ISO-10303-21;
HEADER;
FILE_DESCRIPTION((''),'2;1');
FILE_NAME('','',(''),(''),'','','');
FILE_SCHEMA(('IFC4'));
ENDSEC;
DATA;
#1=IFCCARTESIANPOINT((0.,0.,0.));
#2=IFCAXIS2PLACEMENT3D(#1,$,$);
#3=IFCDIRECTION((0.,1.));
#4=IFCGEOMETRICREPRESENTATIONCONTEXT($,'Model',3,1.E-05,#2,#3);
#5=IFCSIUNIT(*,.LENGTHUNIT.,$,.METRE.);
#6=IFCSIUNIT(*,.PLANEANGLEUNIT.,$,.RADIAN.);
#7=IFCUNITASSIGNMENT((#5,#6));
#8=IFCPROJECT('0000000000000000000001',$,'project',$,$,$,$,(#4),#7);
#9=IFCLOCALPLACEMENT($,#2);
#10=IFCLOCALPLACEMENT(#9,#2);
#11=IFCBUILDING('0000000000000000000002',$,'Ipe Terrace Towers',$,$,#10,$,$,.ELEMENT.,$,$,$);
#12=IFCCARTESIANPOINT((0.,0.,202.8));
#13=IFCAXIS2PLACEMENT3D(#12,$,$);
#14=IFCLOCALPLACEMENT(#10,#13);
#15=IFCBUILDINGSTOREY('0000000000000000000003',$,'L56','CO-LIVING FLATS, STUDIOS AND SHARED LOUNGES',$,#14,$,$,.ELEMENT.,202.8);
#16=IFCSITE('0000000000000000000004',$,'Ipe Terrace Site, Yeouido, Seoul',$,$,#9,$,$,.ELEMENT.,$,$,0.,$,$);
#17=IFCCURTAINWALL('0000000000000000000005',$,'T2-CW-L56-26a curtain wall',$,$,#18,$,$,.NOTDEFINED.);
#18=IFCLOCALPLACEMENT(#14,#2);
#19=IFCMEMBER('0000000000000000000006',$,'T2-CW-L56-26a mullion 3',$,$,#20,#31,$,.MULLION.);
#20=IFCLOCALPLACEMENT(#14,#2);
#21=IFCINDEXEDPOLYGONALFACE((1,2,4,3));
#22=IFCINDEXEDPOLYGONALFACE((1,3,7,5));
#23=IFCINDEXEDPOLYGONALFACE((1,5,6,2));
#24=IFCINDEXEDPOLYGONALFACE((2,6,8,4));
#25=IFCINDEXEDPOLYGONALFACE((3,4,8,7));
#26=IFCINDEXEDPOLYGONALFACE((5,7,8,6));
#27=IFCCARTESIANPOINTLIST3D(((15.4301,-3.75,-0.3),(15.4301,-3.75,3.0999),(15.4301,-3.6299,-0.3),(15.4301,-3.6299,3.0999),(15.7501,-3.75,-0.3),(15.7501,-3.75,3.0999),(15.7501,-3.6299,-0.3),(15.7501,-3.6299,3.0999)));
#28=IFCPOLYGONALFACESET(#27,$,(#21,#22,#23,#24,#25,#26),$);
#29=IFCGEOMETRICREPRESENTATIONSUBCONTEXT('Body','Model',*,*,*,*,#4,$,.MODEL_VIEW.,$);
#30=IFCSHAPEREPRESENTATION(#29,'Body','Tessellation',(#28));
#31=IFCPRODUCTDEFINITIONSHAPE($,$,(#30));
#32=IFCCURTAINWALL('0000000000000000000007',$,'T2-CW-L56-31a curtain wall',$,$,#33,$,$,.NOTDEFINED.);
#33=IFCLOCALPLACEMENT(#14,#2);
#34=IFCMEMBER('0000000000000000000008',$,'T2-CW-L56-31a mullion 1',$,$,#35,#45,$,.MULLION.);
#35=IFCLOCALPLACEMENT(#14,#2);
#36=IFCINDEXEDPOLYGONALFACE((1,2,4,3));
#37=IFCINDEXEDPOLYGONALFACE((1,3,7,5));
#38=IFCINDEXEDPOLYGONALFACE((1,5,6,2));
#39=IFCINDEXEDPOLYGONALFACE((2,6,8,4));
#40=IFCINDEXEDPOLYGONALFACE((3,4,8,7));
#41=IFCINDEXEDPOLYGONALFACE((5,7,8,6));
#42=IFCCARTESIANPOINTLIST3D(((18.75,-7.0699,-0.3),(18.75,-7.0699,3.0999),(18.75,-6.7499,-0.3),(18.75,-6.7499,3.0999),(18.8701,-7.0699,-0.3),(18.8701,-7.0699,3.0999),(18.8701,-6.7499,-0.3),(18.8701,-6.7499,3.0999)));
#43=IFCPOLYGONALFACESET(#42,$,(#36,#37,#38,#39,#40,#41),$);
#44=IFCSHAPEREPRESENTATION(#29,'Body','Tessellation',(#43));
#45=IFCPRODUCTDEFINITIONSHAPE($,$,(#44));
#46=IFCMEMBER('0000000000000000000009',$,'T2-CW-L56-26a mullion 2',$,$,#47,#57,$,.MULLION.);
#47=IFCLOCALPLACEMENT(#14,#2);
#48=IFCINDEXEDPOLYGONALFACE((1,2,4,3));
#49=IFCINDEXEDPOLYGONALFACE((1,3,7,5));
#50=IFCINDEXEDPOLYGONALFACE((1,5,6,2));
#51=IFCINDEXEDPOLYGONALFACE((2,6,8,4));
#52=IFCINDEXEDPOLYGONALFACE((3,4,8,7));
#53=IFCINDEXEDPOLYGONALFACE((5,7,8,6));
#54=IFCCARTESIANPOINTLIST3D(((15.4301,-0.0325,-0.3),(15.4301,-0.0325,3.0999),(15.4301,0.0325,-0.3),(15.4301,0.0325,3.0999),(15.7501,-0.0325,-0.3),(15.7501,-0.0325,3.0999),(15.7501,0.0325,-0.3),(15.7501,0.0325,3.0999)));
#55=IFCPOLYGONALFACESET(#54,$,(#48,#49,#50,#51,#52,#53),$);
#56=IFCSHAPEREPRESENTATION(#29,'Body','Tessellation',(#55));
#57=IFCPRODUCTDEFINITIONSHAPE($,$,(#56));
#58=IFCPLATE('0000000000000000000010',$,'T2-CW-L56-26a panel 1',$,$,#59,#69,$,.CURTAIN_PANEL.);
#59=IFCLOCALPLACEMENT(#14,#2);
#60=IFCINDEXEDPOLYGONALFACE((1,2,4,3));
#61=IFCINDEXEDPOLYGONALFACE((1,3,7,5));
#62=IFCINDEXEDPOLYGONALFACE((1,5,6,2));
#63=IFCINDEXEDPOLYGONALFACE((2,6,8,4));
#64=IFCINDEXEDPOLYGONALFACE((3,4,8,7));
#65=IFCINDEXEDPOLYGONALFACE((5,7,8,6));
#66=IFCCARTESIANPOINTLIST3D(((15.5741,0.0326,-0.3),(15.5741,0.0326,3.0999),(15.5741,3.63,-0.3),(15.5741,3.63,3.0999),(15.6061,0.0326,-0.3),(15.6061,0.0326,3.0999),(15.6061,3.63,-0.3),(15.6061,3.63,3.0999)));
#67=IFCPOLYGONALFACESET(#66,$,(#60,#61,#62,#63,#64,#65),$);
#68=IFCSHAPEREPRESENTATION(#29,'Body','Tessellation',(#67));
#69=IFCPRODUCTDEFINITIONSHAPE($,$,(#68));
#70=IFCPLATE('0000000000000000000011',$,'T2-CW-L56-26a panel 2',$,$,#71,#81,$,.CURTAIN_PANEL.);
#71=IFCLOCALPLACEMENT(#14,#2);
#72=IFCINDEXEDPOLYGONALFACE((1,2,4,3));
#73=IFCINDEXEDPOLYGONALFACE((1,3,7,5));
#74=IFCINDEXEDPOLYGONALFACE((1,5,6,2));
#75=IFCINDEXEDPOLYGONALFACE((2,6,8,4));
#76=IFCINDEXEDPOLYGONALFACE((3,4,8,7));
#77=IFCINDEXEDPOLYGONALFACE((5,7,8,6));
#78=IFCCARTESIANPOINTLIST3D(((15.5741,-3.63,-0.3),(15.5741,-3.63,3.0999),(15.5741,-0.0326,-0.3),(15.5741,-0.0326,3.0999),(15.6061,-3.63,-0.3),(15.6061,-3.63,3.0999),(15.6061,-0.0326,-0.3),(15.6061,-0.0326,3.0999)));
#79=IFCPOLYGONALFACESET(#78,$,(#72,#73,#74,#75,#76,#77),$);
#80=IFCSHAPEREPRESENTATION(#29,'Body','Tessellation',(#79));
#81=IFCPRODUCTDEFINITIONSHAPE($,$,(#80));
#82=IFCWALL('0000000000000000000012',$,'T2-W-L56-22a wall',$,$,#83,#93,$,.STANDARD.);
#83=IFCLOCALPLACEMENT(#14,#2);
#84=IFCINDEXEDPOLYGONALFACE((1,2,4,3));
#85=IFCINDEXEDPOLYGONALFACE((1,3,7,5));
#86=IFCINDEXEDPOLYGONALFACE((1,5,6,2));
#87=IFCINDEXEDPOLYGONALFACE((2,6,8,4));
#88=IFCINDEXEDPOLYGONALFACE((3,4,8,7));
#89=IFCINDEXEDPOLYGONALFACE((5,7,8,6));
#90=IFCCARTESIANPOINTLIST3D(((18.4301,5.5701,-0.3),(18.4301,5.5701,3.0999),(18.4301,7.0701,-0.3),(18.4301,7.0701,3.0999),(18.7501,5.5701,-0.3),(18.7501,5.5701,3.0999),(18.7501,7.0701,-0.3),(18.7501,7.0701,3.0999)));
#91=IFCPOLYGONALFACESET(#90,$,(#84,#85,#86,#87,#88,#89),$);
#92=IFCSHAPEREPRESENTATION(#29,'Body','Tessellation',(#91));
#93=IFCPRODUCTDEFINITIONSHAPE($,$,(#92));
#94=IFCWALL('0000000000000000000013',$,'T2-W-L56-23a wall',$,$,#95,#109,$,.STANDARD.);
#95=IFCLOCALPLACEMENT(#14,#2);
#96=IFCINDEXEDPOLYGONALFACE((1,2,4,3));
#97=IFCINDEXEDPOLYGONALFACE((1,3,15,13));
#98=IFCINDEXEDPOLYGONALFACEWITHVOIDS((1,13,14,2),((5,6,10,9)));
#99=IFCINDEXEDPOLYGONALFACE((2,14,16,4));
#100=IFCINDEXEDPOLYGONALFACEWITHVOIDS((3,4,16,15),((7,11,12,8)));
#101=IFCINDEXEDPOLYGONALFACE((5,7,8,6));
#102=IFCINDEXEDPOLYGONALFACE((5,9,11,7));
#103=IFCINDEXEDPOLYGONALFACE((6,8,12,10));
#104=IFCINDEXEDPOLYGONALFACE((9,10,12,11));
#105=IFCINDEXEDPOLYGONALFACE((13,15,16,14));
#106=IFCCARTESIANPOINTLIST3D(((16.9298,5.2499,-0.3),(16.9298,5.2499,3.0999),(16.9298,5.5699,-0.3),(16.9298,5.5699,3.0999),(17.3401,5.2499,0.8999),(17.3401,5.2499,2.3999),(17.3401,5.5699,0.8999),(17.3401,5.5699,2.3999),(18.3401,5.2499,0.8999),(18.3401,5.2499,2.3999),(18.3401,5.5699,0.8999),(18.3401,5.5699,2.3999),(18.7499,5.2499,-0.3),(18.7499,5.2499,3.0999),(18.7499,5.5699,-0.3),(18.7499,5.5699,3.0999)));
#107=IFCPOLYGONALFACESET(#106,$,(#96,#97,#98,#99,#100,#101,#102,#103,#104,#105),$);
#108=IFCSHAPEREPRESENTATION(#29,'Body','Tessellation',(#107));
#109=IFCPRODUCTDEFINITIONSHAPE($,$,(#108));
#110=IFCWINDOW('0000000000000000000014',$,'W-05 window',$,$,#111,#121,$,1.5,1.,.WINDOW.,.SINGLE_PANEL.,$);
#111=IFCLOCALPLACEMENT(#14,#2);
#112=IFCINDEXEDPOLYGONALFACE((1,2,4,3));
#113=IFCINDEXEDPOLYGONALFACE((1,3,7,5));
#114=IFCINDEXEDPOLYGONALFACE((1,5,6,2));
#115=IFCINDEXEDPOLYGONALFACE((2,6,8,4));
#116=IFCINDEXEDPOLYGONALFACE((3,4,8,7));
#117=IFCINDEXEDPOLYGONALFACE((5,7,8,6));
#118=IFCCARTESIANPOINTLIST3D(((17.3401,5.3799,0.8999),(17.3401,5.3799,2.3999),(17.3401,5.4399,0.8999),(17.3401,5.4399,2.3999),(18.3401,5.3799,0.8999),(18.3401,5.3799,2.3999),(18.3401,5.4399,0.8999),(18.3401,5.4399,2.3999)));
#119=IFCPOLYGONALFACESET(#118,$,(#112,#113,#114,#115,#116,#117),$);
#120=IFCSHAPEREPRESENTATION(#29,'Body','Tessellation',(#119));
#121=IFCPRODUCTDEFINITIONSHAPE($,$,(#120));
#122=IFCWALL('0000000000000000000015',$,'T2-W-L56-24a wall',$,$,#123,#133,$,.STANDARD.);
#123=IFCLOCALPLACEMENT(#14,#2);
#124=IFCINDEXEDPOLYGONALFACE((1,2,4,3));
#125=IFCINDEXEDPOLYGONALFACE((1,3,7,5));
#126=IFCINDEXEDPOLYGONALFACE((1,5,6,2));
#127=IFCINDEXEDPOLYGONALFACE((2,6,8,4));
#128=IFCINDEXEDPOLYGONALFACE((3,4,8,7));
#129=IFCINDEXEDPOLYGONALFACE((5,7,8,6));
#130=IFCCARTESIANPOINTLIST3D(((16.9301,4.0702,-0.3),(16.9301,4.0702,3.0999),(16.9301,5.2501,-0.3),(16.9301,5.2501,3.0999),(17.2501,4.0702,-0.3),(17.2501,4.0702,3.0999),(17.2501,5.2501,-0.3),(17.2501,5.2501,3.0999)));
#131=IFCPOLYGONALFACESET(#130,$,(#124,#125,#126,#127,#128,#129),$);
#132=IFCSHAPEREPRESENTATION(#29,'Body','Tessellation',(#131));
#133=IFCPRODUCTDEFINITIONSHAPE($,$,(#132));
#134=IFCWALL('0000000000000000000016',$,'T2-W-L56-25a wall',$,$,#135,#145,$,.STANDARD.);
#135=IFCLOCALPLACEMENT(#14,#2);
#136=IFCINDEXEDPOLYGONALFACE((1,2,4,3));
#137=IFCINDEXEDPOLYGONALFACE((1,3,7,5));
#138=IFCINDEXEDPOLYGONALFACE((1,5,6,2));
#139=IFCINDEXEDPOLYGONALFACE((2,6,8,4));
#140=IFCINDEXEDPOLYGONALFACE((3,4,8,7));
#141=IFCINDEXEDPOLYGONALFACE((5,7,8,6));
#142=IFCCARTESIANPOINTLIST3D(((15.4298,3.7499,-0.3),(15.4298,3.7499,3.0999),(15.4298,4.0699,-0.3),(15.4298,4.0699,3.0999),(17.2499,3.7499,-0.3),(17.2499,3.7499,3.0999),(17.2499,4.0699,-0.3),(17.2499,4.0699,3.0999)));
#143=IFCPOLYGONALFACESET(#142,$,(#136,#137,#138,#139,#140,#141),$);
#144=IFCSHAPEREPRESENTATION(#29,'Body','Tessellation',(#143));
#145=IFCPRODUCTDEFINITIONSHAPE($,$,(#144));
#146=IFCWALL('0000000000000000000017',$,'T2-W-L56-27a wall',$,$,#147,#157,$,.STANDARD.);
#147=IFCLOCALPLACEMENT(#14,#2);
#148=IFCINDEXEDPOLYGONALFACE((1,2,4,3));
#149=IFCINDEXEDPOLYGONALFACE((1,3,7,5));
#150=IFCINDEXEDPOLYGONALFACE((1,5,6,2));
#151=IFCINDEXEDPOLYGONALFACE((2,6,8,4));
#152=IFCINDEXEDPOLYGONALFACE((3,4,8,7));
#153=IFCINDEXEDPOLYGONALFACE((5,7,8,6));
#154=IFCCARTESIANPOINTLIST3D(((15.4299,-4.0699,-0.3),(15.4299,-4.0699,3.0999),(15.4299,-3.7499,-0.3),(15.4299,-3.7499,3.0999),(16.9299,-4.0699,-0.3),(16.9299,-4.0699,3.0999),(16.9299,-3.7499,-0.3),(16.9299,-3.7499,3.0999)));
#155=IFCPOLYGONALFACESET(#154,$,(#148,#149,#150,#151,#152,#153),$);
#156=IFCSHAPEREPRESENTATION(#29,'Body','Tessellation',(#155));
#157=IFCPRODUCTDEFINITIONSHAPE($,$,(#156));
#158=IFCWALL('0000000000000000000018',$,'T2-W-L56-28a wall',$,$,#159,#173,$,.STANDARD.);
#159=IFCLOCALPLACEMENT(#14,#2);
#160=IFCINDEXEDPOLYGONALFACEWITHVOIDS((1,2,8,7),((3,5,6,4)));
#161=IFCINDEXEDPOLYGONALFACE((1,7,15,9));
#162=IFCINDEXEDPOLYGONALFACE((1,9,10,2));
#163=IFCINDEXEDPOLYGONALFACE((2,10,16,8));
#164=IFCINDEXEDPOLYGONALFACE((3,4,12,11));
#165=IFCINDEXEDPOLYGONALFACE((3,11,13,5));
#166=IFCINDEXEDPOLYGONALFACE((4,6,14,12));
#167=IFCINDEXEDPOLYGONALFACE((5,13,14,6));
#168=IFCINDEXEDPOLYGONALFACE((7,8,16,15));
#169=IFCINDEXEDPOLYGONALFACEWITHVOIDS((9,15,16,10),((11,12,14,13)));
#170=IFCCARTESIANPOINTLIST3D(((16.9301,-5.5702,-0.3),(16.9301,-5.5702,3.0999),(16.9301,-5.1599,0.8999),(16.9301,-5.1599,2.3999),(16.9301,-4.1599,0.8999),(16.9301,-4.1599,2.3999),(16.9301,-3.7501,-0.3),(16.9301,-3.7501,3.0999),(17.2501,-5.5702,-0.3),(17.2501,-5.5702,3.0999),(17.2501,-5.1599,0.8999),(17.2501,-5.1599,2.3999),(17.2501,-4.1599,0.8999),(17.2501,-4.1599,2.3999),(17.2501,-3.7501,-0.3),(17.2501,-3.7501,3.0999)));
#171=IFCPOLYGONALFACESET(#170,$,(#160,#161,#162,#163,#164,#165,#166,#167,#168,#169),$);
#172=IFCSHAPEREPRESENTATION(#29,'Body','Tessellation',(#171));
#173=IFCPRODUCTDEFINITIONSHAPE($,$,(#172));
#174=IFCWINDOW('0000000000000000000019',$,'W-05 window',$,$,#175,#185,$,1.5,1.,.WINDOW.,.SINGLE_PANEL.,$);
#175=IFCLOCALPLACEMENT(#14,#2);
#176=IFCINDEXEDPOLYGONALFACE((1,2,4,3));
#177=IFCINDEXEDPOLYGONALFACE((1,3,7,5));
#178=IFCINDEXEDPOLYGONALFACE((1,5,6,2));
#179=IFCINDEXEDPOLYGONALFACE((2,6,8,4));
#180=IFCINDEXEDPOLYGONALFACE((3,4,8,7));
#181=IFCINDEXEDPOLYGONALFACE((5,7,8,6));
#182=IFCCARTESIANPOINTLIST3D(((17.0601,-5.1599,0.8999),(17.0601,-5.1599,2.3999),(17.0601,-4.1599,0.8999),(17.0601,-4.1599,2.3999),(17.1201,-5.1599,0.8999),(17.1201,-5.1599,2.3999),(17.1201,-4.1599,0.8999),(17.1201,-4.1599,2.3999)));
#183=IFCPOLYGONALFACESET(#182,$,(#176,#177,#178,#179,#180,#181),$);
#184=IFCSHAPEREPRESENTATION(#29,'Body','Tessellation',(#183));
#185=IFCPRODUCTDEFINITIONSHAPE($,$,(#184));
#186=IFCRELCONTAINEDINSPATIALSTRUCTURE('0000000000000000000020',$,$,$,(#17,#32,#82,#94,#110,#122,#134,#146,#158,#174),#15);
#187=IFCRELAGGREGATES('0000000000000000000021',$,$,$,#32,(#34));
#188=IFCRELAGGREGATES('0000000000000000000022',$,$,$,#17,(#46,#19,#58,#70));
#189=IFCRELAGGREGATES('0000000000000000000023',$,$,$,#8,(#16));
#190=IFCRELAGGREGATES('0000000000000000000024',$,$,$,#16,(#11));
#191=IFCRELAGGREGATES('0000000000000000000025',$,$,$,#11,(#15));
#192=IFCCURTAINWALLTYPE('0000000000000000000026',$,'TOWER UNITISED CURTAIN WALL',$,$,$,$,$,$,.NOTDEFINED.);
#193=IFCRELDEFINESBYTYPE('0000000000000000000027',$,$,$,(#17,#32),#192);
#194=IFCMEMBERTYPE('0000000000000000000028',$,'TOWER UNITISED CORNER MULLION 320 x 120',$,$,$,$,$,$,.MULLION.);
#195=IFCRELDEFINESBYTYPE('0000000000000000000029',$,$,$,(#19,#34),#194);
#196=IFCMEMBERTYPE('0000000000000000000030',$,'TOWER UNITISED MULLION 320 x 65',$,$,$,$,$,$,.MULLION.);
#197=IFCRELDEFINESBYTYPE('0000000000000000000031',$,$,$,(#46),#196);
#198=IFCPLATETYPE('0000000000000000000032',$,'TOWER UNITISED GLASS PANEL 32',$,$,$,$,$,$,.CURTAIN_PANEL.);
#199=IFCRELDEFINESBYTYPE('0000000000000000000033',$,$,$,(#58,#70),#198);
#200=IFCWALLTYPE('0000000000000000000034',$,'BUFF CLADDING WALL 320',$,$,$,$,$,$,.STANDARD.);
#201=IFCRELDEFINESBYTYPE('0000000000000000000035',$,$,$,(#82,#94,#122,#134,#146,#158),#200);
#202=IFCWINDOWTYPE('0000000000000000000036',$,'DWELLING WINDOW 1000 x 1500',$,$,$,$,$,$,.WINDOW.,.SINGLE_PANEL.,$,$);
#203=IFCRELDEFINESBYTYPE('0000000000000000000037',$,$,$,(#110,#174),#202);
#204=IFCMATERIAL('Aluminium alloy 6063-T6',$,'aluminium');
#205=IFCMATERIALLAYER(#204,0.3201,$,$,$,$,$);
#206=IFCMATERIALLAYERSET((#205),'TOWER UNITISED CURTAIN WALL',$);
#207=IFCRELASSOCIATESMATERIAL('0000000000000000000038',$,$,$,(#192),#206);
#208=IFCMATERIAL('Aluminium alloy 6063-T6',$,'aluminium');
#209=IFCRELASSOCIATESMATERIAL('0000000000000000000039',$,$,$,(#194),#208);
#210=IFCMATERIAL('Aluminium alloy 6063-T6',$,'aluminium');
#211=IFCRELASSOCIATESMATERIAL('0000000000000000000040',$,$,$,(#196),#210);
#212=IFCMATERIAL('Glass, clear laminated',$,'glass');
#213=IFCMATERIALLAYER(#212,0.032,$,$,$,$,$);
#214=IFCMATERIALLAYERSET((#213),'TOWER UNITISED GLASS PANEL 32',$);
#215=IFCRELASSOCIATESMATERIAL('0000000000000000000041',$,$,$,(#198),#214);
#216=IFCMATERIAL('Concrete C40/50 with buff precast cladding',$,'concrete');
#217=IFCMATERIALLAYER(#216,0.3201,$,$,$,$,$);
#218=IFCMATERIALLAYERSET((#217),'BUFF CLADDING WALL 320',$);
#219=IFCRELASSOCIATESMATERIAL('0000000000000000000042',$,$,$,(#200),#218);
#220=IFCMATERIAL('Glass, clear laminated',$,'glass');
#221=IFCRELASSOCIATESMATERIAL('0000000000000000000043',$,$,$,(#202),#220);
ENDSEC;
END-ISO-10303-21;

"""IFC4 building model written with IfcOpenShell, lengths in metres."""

from ifc_helpers import new_model, si_unit, direction, frame, frame_2d, origin, origin_2d, place, context, subcontext, project, spatial, rectangle, extrude, material, layer, layer_set, material_profile, profile_set, type_object, element, fill, aggregate, save


model = new_model("IFC4")

# Units and contexts
model_context = context("Model", 3, precision=1e-05, world=origin(), true_north=direction((0.0, 1.0)))
body_context = subcontext(model_context, "Body", "Model", "MODEL_VIEW")
ifc_project = project(units=[si_unit("LENGTHUNIT", "METRE"), si_unit("PLANEANGLEUNIT", "RADIAN")], contexts=[model_context])

# Site, building, storey
site_placement = place(None, origin())
site = spatial("IfcSite", under=ifc_project, at=site_placement, Name="Ipe Terrace Site, Yeouido, Seoul", CompositionType="ELEMENT", RefElevation=0.0)
building_placement = place(site_placement, origin())
building = spatial("IfcBuilding", under=site, at=building_placement, Name="Ipe Terrace Towers", CompositionType="ELEMENT")
storey_placement = place(building_placement, frame((0.0, 0.0, 202.8)))
storey = spatial("IfcBuildingStorey", under=building, at=storey_placement, Name="L56", Description="CO-LIVING FLATS, STUDIOS AND SHARED LOUNGES", CompositionType="ELEMENT", Elevation=202.8)

# Shared definitions
ifc_material_1 = material(Name="Aluminium alloy 6063-T6", Category="aluminium")
ifc_layer_1 = layer(ifc_material_1, 0.3201)
ifc_layer_set_1 = layer_set([ifc_layer_1], Name="TOWER UNITISED CURTAIN WALL")
curtain_wall_type = type_object("IfcCurtainWallType", Name="TOWER UNITISED CURTAIN WALL", PredefinedType="NOTDEFINED", material=ifc_layer_set_1)
ifc_material_2 = material(Name="Aluminium alloy 6063-T6", Category="aluminium")
ifc_material_profile_1 = material_profile(ifc_material_2, rectangle(XDim=0.3201, YDim=0.1201, at=origin_2d()), Name="TOWER UNITISED CORNER MULLION 320 x 120")
ifc_profile_set_1 = profile_set([ifc_material_profile_1], Name="Aluminium alloy 6063-T6")
member_type_1 = type_object("IfcMemberType", Name="TOWER UNITISED CORNER MULLION 320 x 120", PredefinedType="MULLION", material=ifc_profile_set_1)

# Curtain wall, member
curtain_wall_1_placement = place(storey_placement, origin())
curtain_wall_1 = element("IfcCurtainWall", 1, at=curtain_wall_1_placement, inside=storey, type_object=curtain_wall_type, Name="T2-CW-L56-26a curtain wall", PredefinedType="NOTDEFINED")
member_1_placement = place(storey_placement, frame((15.5901, -3.6899, -0.3), z_axis=(0.0, 0.0, 1.0), x_axis=(-1.0, 0.0, 0.0)))
member_1 = element("IfcMember", 2, at=member_1_placement, type_object=member_type_1, Name="T2-CW-L56-26a mullion 3", PredefinedType="MULLION", context=body_context, shape_type="SweptSolid", body=[
    extrude(rectangle(XDim=0.3201, YDim=0.1201, at=origin_2d()), origin(), (0.0, 0.0, 1.0), 3.3999),
])

# Curtain wall, member
curtain_wall_2_placement = place(storey_placement, origin())
curtain_wall_2 = element("IfcCurtainWall", 3, at=curtain_wall_2_placement, inside=storey, type_object=curtain_wall_type, Name="T2-CW-L56-31a curtain wall", PredefinedType="NOTDEFINED")
member_2_placement = place(storey_placement, frame((18.8101, -6.9099, -0.3), z_axis=(0.0, 0.0, 1.0), x_axis=(0.0, -1.0, 0.0)))
member_2 = element("IfcMember", 4, at=member_2_placement, type_object=member_type_1, Name="T2-CW-L56-31a mullion 1", PredefinedType="MULLION", context=body_context, shape_type="SweptSolid", body=[
    extrude(rectangle(XDim=0.3201, YDim=0.1201, at=origin_2d()), origin(), (0.0, 0.0, 1.0), 3.3999),
])
aggregate(curtain_wall_2, [member_2])

# Member
ifc_material_3 = material(Name="Aluminium alloy 6063-T6", Category="aluminium")
ifc_material_profile_2 = material_profile(ifc_material_3, rectangle(XDim=0.3201, YDim=0.0649, at=origin_2d()), Name="TOWER UNITISED MULLION 320 x 65")
ifc_profile_set_2 = profile_set([ifc_material_profile_2], Name="Aluminium alloy 6063-T6")
member_type_2 = type_object("IfcMemberType", Name="TOWER UNITISED MULLION 320 x 65", PredefinedType="MULLION", material=ifc_profile_set_2)
member_3_placement = place(storey_placement, frame((15.5901, 0.0, -0.3), z_axis=(0.0, 0.0, 1.0), x_axis=(-1.0, 0.0, 0.0)))
member_3 = element("IfcMember", 5, at=member_3_placement, type_object=member_type_2, Name="T2-CW-L56-26a mullion 2", PredefinedType="MULLION", context=body_context, shape_type="SweptSolid", body=[
    extrude(rectangle(XDim=0.3201, YDim=0.0649, at=origin_2d()), origin(), (0.0, 0.0, 1.0), 3.3999),
])

# Plates
ifc_material_4 = material(Name="Glass, clear laminated", Category="glass")
ifc_layer_2 = layer(ifc_material_4, 0.032)
ifc_layer_set_2 = layer_set([ifc_layer_2], Name="TOWER UNITISED GLASS PANEL 32")
plate_type = type_object("IfcPlateType", Name="TOWER UNITISED GLASS PANEL 32", PredefinedType="CURTAIN_PANEL", material=ifc_layer_set_2)
plate_1_placement = place(storey_placement, frame((15.5901, 1.8313, -0.3), z_axis=(0.0, 0.0, 1.0), x_axis=(0.0, -1.0, 0.0)))
plate_1 = element("IfcPlate", 6, at=plate_1_placement, type_object=plate_type, Name="T2-CW-L56-26a panel 1", PredefinedType="CURTAIN_PANEL", context=body_context, shape_type="SweptSolid", body=[
    extrude(rectangle(XDim=3.5974, YDim=0.032, at=origin_2d()), origin(), (0.0, 0.0, 1.0), 3.3999),
])
plate_2_placement = place(storey_placement, frame((15.5901, -1.8313, -0.3), z_axis=(0.0, 0.0, 1.0), x_axis=(0.0, -1.0, 0.0)))
plate_2 = element("IfcPlate", 7, at=plate_2_placement, type_object=plate_type, Name="T2-CW-L56-26a panel 2", PredefinedType="CURTAIN_PANEL", context=body_context, shape_type="SweptSolid", body=[
    extrude(rectangle(XDim=3.5974, YDim=0.032, at=origin_2d()), origin(), (0.0, 0.0, 1.0), 3.3999),
])
aggregate(curtain_wall_1, [member_3, member_1, plate_1, plate_2])

# Wall
ifc_material_5 = material(Name="Concrete C40/50 with buff precast cladding", Category="concrete")
ifc_layer_3 = layer(ifc_material_5, 0.3201)
ifc_layer_set_3 = layer_set([ifc_layer_3], Name="BUFF CLADDING WALL 320")
wall_type = type_object("IfcWallType", Name="BUFF CLADDING WALL 320", PredefinedType="STANDARD", material=ifc_layer_set_3)
wall_1_placement = place(storey_placement, frame((18.5901, 7.0701, -0.3), z_axis=(0.0, 0.0, 1.0), x_axis=(0.0, -1.0, 0.0)))
element("IfcWall", 8, at=wall_1_placement, inside=storey, type_object=wall_type, Name="T2-W-L56-22a wall", PredefinedType="STANDARD", context=body_context, shape_type="SweptSolid", body=[
    extrude(rectangle(XDim=1.5, YDim=0.3201, at=frame_2d((0.75, 0.0))), origin(), (0.0, 0.0, 1.0), 3.3999),
])

# Wall, opening, window
wall_2_placement = place(storey_placement, frame((18.75, 5.4099, -0.3), z_axis=(0.0, 0.0, 1.0), x_axis=(-1.0, 0.0, 0.0)))
wall_2 = element("IfcWall", 9, at=wall_2_placement, inside=storey, type_object=wall_type, Name="T2-W-L56-23a wall", PredefinedType="STANDARD", context=body_context, shape_type="SweptSolid", body=[
    extrude(rectangle(XDim=1.8201, YDim=0.3201, at=frame_2d((0.9102, 0.0))), origin(), (0.0, 0.0, 1.0), 3.3999),
])
opening_1_placement = place(wall_2_placement, frame((0.4099, 0.0, 1.2)))
opening_1 = element("IfcOpeningElement", 10, at=opening_1_placement, cuts=wall_2, PredefinedType="OPENING", context=body_context, shape_type="SweptSolid", body=[
    extrude(rectangle(XDim=1.0, YDim=1.5, at=frame_2d((0.5, 0.75))), frame((0.0, 0.1699, 0.0), z_axis=(0.0, -1.0, 0.0), x_axis=(1.0, 0.0, 0.0)), (0.0, 0.0, 1.0), 0.3401),
])
ifc_material_6 = material(Name="Glass, clear laminated", Category="glass")
window_type = type_object("IfcWindowType", Name="DWELLING WINDOW 1000 x 1500", PartitioningType="SINGLE_PANEL", PredefinedType="WINDOW", material=ifc_material_6)
window_1_placement = place(opening_1_placement, origin())
window_1 = element("IfcWindow", 11, at=window_1_placement, inside=storey, type_object=window_type, Name="W-05 window", OverallHeight=1.5, OverallWidth=1.0, PartitioningType="SINGLE_PANEL", PredefinedType="WINDOW", context=body_context, shape_type="SweptSolid", body=[
    extrude(rectangle(XDim=1.0, YDim=1.5, at=frame_2d((0.5, 0.75))), frame((0.0, 0.03, 0.0), z_axis=(0.0, -1.0, 0.0), x_axis=(1.0, 0.0, 0.0)), (0.0, 0.0, 1.0), 0.0601),
])
fill(opening_1, window_1)

# Walls
wall_3_placement = place(storey_placement, frame((17.0901, 5.25, -0.3), z_axis=(0.0, 0.0, 1.0), x_axis=(0.0, -1.0, 0.0)))
element("IfcWall", 12, at=wall_3_placement, inside=storey, type_object=wall_type, Name="T2-W-L56-24a wall", PredefinedType="STANDARD", context=body_context, shape_type="SweptSolid", body=[
    extrude(rectangle(XDim=1.1799, YDim=0.3201, at=frame_2d((0.5898, 0.0))), origin(), (0.0, 0.0, 1.0), 3.3999),
])
wall_4_placement = place(storey_placement, frame((17.25, 3.9099, -0.3), z_axis=(0.0, 0.0, 1.0), x_axis=(-1.0, 0.0, 0.0)))
element("IfcWall", 13, at=wall_4_placement, inside=storey, type_object=wall_type, Name="T2-W-L56-25a wall", PredefinedType="STANDARD", context=body_context, shape_type="SweptSolid", body=[
    extrude(rectangle(XDim=1.8201, YDim=0.3201, at=frame_2d((0.9102, 0.0))), origin(), (0.0, 0.0, 1.0), 3.3999),
])
wall_5_placement = place(storey_placement, frame((15.4299, -3.9099, -0.3), z_axis=(0.0, 0.0, 1.0), x_axis=(1.0, 0.0, 0.0)))
element("IfcWall", 14, at=wall_5_placement, inside=storey, type_object=wall_type, Name="T2-W-L56-27a wall", PredefinedType="STANDARD", context=body_context, shape_type="SweptSolid", body=[
    extrude(rectangle(XDim=1.5, YDim=0.3201, at=frame_2d((0.75, 0.0))), origin(), (0.0, 0.0, 1.0), 3.3999),
])

# Wall, opening, window
wall_6_placement = place(storey_placement, frame((17.0901, -3.75, -0.3), z_axis=(0.0, 0.0, 1.0), x_axis=(0.0, -1.0, 0.0)))
wall_6 = element("IfcWall", 15, at=wall_6_placement, inside=storey, type_object=wall_type, Name="T2-W-L56-28a wall", PredefinedType="STANDARD", context=body_context, shape_type="SweptSolid", body=[
    extrude(rectangle(XDim=1.8201, YDim=0.3201, at=frame_2d((0.9102, 0.0))), origin(), (0.0, 0.0, 1.0), 3.3999),
])
opening_2_placement = place(wall_6_placement, frame((0.4099, 0.0, 1.2)))
opening_2 = element("IfcOpeningElement", 16, at=opening_2_placement, cuts=wall_6, PredefinedType="OPENING", context=body_context, shape_type="SweptSolid", body=[
    extrude(rectangle(XDim=1.0, YDim=1.5, at=frame_2d((0.5, 0.75))), frame((0.0, 0.1699, 0.0), z_axis=(0.0, -1.0, 0.0), x_axis=(1.0, 0.0, 0.0)), (0.0, 0.0, 1.0), 0.3401),
])
window_2_placement = place(opening_2_placement, origin())
window_2 = element("IfcWindow", 17, at=window_2_placement, inside=storey, type_object=window_type, Name="W-05 window", OverallHeight=1.5, OverallWidth=1.0, PartitioningType="SINGLE_PANEL", PredefinedType="WINDOW", context=body_context, shape_type="SweptSolid", body=[
    extrude(rectangle(XDim=1.0, YDim=1.5, at=frame_2d((0.5, 0.75))), frame((0.0, 0.03, 0.0), z_axis=(0.0, -1.0, 0.0), x_axis=(1.0, 0.0, 0.0)), (0.0, 0.0, 1.0), 0.0601),
])
fill(opening_2, window_2)

save(model, "model.ifc")
